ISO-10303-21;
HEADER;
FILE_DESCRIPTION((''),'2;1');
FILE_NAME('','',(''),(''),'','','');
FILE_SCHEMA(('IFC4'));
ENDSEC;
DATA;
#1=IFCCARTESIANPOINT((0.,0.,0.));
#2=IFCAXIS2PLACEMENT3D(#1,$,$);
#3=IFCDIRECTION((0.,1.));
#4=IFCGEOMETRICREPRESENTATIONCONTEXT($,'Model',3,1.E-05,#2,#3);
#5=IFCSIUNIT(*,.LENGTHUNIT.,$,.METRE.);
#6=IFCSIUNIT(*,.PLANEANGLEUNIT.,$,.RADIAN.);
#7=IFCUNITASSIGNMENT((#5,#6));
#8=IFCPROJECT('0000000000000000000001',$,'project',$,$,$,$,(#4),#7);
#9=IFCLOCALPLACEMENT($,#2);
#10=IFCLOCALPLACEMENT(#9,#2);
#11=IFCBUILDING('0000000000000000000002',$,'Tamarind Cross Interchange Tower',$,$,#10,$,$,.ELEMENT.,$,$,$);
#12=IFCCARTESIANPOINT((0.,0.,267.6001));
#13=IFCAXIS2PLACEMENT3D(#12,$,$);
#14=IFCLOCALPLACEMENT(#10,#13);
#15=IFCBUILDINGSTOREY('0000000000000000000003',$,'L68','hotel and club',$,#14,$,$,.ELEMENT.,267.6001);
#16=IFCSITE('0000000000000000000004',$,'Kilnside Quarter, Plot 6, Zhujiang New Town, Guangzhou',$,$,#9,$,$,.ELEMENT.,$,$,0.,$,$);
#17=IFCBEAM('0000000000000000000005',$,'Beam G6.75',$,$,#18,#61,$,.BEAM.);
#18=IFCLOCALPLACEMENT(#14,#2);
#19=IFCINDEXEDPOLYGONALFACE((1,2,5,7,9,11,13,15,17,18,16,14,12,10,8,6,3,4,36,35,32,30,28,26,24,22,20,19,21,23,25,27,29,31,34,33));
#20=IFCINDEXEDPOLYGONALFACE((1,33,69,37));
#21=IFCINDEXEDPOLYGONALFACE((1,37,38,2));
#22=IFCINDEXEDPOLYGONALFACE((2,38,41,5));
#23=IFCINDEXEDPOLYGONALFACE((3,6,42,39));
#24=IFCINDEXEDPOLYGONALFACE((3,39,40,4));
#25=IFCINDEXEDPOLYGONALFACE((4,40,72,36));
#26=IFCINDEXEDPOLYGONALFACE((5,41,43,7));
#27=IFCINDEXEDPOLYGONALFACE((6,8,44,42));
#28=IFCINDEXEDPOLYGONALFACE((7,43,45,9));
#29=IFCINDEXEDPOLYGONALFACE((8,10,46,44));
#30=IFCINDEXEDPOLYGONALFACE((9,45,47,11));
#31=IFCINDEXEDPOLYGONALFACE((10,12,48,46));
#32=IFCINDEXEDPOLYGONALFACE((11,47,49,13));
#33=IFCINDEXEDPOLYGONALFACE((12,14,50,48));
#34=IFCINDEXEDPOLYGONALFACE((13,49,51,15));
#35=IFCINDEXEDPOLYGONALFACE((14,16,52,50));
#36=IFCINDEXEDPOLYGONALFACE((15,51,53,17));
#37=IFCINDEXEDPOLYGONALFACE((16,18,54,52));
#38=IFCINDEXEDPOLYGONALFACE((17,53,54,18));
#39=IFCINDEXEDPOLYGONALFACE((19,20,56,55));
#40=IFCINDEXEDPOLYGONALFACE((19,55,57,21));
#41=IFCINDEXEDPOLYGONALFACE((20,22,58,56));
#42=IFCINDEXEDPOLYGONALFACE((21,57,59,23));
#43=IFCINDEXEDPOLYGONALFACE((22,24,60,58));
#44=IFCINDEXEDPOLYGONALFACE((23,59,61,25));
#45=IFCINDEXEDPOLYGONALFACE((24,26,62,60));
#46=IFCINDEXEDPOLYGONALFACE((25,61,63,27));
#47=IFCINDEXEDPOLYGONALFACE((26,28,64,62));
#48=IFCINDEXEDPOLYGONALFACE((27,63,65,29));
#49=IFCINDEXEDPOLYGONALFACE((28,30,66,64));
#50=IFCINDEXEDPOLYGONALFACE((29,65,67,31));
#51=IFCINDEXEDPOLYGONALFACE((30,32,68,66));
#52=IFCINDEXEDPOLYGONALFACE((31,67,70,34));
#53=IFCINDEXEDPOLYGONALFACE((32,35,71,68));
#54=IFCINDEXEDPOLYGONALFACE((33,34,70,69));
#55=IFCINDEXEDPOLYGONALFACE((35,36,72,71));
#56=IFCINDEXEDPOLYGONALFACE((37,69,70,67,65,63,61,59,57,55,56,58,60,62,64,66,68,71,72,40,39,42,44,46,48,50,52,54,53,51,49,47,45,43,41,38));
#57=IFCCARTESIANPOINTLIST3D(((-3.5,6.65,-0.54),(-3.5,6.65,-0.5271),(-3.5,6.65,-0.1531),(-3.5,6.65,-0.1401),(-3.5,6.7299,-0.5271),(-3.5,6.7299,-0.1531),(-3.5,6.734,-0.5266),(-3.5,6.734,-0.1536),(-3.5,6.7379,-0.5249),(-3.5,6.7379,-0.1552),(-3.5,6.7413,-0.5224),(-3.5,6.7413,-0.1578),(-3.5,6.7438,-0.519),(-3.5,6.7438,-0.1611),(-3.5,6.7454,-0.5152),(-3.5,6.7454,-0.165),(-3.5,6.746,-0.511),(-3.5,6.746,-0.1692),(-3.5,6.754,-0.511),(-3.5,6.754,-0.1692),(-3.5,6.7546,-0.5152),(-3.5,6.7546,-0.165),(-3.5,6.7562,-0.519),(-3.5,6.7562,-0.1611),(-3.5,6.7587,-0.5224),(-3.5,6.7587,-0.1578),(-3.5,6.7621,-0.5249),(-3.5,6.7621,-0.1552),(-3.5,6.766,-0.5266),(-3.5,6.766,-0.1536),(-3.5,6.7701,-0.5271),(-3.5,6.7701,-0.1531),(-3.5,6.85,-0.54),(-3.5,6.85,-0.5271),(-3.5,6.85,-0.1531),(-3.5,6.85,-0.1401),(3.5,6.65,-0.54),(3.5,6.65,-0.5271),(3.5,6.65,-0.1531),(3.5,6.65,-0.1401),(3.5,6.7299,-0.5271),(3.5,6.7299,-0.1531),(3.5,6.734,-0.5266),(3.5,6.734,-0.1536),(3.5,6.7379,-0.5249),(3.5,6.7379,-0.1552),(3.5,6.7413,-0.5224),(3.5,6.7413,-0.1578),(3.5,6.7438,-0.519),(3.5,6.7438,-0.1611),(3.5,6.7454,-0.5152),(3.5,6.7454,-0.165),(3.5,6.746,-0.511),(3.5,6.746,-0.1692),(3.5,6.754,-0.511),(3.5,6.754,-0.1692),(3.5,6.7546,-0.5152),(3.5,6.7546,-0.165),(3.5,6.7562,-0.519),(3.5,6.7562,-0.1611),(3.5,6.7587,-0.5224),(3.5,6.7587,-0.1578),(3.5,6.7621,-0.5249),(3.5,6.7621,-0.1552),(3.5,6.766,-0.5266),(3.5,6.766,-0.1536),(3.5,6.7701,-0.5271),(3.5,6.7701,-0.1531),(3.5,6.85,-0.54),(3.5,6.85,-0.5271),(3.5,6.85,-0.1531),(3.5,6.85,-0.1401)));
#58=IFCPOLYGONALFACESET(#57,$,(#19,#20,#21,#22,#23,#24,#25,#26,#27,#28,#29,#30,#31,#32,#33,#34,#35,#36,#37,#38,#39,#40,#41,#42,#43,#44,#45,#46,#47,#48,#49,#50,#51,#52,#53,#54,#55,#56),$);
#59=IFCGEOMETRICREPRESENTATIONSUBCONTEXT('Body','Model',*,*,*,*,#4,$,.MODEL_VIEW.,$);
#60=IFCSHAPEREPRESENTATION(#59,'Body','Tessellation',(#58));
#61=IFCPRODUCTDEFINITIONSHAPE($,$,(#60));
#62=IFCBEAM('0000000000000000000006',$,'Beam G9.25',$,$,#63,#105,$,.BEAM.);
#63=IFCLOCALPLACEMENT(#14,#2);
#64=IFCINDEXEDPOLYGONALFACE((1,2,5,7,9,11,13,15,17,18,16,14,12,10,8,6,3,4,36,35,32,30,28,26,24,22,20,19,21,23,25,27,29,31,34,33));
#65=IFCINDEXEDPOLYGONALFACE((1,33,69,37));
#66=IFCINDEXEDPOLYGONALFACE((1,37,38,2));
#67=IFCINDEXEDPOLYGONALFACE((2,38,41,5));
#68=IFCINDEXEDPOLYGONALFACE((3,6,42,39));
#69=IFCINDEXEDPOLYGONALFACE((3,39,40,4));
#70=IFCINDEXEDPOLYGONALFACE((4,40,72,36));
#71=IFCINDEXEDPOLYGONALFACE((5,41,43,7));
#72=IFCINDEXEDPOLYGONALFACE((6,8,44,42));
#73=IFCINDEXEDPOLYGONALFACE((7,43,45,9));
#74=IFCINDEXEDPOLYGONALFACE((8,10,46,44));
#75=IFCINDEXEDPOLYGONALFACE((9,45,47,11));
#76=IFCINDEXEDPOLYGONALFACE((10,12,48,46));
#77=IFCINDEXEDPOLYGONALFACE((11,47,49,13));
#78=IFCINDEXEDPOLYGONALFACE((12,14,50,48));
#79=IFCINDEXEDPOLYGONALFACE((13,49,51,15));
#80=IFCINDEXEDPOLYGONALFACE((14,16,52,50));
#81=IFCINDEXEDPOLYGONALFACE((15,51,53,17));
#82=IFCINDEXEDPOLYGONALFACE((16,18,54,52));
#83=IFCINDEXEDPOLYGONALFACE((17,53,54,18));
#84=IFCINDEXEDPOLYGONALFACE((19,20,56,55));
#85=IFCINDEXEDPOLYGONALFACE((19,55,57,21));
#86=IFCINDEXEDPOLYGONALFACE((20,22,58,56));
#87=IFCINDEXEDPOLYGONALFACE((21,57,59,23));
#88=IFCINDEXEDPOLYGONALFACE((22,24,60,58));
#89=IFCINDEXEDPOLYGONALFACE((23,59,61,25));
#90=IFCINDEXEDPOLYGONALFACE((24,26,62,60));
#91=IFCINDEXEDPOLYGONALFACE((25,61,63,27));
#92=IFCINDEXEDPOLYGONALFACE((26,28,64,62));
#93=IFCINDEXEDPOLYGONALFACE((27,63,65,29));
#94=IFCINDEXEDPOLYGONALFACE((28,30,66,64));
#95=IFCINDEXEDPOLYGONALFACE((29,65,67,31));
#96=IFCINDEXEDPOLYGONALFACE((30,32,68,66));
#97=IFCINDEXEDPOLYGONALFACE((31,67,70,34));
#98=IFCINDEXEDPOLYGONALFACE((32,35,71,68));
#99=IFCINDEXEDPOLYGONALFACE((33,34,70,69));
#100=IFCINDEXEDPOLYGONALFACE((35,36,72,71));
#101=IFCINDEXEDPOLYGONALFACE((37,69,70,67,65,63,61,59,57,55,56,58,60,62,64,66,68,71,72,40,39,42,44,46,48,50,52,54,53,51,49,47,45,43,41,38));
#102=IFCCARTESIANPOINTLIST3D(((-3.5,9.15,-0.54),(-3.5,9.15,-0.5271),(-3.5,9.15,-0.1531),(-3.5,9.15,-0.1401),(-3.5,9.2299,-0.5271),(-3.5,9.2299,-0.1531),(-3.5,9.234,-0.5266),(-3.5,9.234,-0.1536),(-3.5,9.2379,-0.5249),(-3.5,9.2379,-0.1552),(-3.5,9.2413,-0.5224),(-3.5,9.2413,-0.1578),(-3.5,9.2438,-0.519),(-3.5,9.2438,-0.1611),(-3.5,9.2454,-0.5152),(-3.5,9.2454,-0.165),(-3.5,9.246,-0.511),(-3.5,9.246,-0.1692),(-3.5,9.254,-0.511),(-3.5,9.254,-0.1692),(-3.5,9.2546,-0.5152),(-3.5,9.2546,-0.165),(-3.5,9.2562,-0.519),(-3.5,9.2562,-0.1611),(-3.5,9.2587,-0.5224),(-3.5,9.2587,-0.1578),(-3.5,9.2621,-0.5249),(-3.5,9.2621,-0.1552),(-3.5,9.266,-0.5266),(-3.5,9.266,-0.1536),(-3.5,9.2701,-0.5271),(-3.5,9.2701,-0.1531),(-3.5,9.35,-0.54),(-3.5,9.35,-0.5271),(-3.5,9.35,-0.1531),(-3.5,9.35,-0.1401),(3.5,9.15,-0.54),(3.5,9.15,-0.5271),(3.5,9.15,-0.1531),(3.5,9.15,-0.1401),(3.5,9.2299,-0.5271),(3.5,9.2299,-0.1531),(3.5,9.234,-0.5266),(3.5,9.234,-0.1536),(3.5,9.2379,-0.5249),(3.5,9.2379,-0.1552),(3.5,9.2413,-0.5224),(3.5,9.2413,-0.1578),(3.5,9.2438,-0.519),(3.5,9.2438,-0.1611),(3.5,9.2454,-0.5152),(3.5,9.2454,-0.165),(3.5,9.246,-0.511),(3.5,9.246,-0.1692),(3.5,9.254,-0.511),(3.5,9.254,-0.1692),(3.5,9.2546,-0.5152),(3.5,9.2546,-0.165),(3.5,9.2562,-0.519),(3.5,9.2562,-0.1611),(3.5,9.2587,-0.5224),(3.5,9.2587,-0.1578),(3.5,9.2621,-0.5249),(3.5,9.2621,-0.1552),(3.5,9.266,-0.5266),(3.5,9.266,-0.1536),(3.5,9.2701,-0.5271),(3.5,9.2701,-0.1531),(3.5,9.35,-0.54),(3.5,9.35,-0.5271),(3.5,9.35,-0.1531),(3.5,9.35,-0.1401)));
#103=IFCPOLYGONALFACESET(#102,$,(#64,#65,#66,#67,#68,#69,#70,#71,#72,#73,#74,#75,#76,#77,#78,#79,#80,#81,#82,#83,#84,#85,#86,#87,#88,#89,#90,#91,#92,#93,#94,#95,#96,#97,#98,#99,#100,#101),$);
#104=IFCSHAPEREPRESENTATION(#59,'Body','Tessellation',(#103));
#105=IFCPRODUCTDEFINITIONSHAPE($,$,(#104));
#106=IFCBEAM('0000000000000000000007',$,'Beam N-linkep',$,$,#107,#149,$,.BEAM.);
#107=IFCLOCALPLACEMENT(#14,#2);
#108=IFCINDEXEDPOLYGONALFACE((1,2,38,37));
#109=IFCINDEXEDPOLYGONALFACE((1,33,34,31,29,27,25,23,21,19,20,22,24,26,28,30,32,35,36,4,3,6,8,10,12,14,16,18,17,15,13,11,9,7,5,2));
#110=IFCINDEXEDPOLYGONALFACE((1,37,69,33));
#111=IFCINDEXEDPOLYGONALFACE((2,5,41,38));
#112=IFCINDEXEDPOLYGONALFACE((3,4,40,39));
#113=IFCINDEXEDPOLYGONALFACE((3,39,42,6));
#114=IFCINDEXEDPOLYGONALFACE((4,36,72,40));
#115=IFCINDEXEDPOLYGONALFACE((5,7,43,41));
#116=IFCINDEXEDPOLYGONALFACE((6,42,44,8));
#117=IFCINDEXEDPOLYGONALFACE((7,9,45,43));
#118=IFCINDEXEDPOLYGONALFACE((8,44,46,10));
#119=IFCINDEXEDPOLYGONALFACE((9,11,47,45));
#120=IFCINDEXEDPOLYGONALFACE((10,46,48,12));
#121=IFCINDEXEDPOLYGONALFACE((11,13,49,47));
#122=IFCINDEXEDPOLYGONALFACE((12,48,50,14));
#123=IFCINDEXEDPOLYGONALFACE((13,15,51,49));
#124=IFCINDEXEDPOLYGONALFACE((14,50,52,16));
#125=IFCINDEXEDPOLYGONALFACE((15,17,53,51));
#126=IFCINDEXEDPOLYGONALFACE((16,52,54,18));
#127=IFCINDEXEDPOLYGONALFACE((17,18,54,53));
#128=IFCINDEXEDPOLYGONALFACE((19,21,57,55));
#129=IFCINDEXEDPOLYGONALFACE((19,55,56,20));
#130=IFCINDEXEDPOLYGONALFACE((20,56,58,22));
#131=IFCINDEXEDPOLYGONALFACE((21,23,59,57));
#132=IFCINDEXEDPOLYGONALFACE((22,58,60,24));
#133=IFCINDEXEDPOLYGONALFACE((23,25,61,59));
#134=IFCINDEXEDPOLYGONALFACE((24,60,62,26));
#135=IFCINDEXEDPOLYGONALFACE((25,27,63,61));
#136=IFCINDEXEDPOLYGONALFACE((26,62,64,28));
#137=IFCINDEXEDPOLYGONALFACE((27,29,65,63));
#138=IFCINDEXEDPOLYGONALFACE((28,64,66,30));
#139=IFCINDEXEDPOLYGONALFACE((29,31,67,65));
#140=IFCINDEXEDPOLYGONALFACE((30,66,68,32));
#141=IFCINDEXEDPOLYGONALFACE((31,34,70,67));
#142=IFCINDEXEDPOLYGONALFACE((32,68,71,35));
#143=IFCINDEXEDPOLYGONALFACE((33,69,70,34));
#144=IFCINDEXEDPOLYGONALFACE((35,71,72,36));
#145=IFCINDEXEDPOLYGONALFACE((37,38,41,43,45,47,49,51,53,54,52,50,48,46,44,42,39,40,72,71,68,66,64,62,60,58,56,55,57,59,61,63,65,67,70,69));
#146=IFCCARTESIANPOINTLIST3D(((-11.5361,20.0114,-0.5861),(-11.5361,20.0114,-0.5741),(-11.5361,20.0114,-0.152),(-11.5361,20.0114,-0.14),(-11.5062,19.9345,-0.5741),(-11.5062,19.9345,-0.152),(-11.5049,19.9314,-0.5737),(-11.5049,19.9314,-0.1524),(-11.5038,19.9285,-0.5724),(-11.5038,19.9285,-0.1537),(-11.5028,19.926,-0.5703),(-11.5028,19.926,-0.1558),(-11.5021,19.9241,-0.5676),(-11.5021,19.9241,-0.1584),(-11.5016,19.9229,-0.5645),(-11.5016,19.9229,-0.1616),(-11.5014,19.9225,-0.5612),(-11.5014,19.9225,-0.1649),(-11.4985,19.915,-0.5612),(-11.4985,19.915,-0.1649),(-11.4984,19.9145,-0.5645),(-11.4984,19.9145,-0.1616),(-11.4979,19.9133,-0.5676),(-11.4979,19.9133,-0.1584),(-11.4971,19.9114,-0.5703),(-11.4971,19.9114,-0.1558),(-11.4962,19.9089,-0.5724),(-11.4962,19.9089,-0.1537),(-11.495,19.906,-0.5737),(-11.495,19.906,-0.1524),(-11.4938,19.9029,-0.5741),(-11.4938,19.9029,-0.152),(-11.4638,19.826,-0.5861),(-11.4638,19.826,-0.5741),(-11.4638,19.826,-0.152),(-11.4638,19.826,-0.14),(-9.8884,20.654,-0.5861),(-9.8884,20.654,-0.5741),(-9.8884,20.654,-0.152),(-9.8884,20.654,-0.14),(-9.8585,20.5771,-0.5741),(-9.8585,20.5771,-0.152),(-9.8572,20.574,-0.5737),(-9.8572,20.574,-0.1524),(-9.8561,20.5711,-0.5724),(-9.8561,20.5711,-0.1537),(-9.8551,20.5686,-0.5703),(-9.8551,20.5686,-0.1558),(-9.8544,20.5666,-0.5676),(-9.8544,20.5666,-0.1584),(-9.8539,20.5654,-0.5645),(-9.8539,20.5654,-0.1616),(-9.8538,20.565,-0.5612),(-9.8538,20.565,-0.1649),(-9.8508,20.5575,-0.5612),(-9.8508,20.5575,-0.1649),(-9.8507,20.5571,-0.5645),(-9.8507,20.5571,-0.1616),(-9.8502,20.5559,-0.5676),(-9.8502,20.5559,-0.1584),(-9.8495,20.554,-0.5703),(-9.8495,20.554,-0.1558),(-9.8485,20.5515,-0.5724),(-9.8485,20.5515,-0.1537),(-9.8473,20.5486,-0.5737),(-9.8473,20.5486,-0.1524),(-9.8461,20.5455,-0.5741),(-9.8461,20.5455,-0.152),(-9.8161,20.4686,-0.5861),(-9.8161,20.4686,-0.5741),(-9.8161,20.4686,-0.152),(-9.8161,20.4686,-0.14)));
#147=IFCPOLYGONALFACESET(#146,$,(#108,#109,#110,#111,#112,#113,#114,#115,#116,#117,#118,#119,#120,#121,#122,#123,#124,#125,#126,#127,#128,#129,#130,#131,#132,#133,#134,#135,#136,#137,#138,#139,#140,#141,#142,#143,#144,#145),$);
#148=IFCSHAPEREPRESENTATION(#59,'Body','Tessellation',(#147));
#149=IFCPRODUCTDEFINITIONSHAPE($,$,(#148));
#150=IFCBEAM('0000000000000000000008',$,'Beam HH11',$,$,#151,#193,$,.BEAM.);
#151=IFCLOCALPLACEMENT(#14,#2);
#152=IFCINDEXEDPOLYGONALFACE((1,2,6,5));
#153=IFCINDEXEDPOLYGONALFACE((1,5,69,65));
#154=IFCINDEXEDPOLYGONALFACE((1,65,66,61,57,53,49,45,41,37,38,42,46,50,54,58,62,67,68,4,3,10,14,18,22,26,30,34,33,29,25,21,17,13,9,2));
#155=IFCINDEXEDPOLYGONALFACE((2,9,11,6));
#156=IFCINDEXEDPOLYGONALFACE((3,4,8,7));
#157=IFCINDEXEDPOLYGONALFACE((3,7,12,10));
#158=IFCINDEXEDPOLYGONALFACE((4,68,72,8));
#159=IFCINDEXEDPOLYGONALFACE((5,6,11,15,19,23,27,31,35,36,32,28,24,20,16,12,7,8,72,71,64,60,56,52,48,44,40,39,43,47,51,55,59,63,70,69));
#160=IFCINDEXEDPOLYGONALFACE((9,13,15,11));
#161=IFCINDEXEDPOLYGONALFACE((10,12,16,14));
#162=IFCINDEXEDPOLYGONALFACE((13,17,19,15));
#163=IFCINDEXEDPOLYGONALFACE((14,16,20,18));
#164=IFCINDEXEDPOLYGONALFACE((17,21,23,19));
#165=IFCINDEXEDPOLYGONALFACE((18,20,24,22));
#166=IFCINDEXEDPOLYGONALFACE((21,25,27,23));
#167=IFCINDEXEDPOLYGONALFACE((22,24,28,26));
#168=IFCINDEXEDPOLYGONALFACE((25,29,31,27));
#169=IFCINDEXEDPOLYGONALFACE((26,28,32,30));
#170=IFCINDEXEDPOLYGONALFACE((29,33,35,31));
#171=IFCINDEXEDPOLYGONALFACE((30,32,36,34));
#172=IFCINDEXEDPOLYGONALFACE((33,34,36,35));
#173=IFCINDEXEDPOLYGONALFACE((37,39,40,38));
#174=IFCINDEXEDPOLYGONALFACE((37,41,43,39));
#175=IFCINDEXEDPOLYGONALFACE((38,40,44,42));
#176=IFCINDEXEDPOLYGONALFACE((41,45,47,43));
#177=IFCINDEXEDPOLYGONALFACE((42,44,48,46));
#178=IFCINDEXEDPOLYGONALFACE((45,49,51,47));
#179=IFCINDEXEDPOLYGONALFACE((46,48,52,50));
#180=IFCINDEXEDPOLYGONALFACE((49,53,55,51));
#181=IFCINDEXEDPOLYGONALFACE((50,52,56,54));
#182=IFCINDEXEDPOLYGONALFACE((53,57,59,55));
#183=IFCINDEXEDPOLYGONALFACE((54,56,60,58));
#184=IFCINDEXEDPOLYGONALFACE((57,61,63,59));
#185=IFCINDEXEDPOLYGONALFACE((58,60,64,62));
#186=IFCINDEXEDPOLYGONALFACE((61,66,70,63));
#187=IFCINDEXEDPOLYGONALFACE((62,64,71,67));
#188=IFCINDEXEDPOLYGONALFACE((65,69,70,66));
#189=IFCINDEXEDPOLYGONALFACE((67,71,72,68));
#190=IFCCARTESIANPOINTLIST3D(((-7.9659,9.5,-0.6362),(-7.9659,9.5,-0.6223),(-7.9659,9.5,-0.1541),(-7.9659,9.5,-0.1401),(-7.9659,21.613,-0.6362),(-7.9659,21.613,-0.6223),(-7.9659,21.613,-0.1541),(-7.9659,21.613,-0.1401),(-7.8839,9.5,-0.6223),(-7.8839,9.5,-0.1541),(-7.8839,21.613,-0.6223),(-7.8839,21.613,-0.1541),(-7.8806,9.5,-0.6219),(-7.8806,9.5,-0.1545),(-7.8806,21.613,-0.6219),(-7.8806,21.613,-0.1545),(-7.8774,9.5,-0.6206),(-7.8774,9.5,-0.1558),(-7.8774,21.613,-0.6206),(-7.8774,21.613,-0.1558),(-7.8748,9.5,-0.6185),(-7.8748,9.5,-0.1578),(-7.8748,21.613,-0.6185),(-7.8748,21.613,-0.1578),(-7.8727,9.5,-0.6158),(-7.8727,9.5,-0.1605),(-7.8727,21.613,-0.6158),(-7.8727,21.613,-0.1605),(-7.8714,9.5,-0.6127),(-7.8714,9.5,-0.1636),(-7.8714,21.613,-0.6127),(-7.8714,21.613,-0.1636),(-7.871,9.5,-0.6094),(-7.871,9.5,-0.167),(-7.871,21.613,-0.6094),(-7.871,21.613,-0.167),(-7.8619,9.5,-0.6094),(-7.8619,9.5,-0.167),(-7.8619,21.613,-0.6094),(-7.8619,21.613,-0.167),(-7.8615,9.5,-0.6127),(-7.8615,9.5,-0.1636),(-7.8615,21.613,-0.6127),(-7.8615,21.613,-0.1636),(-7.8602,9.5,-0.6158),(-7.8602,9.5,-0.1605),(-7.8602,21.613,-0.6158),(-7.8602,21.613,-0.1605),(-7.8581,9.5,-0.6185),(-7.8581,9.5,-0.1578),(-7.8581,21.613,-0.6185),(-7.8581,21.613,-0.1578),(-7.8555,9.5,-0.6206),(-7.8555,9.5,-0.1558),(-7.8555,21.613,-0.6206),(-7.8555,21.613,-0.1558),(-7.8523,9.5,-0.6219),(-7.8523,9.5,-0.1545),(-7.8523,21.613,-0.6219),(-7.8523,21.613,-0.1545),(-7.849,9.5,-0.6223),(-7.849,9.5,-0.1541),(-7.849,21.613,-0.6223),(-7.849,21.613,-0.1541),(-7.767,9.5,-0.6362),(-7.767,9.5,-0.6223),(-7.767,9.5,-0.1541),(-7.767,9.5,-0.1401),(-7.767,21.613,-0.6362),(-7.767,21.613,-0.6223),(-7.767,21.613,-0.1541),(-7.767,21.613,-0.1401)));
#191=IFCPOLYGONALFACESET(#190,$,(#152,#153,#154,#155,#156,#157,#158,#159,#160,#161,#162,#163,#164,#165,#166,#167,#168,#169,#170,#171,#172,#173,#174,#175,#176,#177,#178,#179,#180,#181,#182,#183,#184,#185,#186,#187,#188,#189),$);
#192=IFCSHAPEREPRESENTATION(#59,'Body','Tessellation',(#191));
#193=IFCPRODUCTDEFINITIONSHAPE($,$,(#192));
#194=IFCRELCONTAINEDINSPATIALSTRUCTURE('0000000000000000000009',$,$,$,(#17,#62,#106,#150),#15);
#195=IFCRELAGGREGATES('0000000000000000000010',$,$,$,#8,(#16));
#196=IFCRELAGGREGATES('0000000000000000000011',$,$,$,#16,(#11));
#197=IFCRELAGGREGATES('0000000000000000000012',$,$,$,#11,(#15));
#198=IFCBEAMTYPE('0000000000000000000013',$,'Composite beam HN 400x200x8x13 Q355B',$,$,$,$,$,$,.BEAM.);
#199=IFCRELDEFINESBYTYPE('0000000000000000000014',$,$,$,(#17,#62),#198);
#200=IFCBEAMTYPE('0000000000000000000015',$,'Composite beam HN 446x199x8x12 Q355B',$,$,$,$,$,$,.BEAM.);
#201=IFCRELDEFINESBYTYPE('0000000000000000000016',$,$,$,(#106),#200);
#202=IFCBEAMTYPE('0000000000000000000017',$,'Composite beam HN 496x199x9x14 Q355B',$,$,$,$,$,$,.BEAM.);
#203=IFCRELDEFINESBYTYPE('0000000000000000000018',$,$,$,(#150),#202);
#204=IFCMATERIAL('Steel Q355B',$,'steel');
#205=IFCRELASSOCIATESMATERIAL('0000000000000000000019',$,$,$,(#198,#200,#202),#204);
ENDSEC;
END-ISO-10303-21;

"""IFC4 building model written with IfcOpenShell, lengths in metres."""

from ifc_helpers import new_model, si_unit, direction, frame, origin, origin_2d, place, context, subcontext, project, spatial, i_section, extrude, material, material_profile, profile_set, type_object, element, save


model = new_model("IFC4")

# Units and contexts
model_context = context("Model", 3, precision=1e-05, world=origin(), true_north=direction((0.0, 1.0)))
body_context = subcontext(model_context, "Body", "Model", "MODEL_VIEW")
ifc_project = project(units=[si_unit("LENGTHUNIT", "METRE"), si_unit("PLANEANGLEUNIT", "RADIAN")], contexts=[model_context])

# Site, building, storey
site_placement = place(None, origin())
site = spatial("IfcSite", under=ifc_project, at=site_placement, Name="Kilnside Quarter, Plot 6, Zhujiang New Town, Guangzhou", CompositionType="ELEMENT", RefElevation=0.0)
building_placement = place(site_placement, origin())
building = spatial("IfcBuilding", under=site, at=building_placement, Name="Tamarind Cross Interchange Tower", CompositionType="ELEMENT")
storey_placement = place(building_placement, frame((0.0, 0.0, 267.6001)))
storey = spatial("IfcBuildingStorey", under=building, at=storey_placement, Name="L68", Description="hotel and club", CompositionType="ELEMENT", Elevation=267.6001)

# Beams
ifc_material_1 = material(Name="Steel Q355B", Category="steel")
ifc_material_profile_1 = material_profile(ifc_material_1, i_section(OverallWidth=0.2, OverallDepth=0.3999, WebThickness=0.0081, FlangeThickness=0.0129, FilletRadius=0.0161, at=origin_2d()), Name="HN 400x200x8x13")
ifc_profile_set_1 = profile_set([ifc_material_profile_1], Name="Steel Q355B")
beam_type_1 = type_object("IfcBeamType", Name="Composite beam HN 400x200x8x13 Q355B", PredefinedType="BEAM", material=ifc_profile_set_1)
for number, where, z_axis, x_axis, name in (
    (1, (-3.5, 6.75, -0.3401), (1.0, 0.0, 0.0), (0.0, 1.0, 0.0), "Beam G6.75"),
    (2, (-3.5, 9.25, -0.3401), (1.0, 0.0, 0.0), (0.0, 1.0, 0.0), "Beam G9.25"),
):
    element("IfcBeam", number, at=place(storey_placement, frame(where, z_axis=z_axis, x_axis=x_axis)), inside=storey, type_object=beam_type_1, Name=name, PredefinedType="BEAM", context=body_context, shape_type="SweptSolid", body=[
        extrude(i_section(OverallWidth=0.2, OverallDepth=0.3999, WebThickness=0.0081, FlangeThickness=0.0129, FilletRadius=0.0161, at=origin_2d()), origin(), (0.0, 0.0, 1.0), 7.0),
    ])
ifc_material_profile_2 = material_profile(ifc_material_1, i_section(OverallWidth=0.199, OverallDepth=0.446, WebThickness=0.0081, FlangeThickness=0.012, FilletRadius=0.0129, at=origin_2d()), Name="HN 446x199x8x12")
ifc_profile_set_2 = profile_set([ifc_material_profile_2], Name="Steel Q355B")
beam_type_2 = type_object("IfcBeamType", Name="Composite beam HN 446x199x8x12 Q355B", PredefinedType="BEAM", material=ifc_profile_set_2)
beam_1_placement = place(storey_placement, frame((-9.8523, 20.5613, -0.363), z_axis=(-0.93166, -0.363332, 0.0), x_axis=(0.363332, -0.93166, 0.0)))
element("IfcBeam", 3, at=beam_1_placement, inside=storey, type_object=beam_type_2, Name="Beam N-linkep", PredefinedType="BEAM", context=body_context, shape_type="SweptSolid", body=[
    extrude(i_section(OverallWidth=0.199, OverallDepth=0.446, WebThickness=0.0081, FlangeThickness=0.012, FilletRadius=0.0129, at=origin_2d()), origin(), (0.0, 0.0, 1.0), 1.7686),
])
ifc_material_profile_3 = material_profile(ifc_material_1, i_section(OverallWidth=0.199, OverallDepth=0.4961, WebThickness=0.009, FlangeThickness=0.0139, FilletRadius=0.0129, at=origin_2d()), Name="HN 496x199x9x14")
ifc_profile_set_3 = profile_set([ifc_material_profile_3], Name="Steel Q355B")
beam_type_3 = type_object("IfcBeamType", Name="Composite beam HN 496x199x9x14 Q355B", PredefinedType="BEAM", material=ifc_profile_set_3)
beam_2_placement = place(storey_placement, frame((-7.8665, 21.613, -0.3882), z_axis=(0.0, -1.0, 0.0), x_axis=(1.0, 0.0, 0.0)))
element("IfcBeam", 4, at=beam_2_placement, inside=storey, type_object=beam_type_3, Name="Beam HH11", PredefinedType="BEAM", context=body_context, shape_type="SweptSolid", body=[
    extrude(i_section(OverallWidth=0.199, OverallDepth=0.4961, WebThickness=0.009, FlangeThickness=0.0139, FilletRadius=0.0129, at=origin_2d()), origin(), (0.0, 0.0, 1.0), 12.113),
])

save(model, "model.ifc")
